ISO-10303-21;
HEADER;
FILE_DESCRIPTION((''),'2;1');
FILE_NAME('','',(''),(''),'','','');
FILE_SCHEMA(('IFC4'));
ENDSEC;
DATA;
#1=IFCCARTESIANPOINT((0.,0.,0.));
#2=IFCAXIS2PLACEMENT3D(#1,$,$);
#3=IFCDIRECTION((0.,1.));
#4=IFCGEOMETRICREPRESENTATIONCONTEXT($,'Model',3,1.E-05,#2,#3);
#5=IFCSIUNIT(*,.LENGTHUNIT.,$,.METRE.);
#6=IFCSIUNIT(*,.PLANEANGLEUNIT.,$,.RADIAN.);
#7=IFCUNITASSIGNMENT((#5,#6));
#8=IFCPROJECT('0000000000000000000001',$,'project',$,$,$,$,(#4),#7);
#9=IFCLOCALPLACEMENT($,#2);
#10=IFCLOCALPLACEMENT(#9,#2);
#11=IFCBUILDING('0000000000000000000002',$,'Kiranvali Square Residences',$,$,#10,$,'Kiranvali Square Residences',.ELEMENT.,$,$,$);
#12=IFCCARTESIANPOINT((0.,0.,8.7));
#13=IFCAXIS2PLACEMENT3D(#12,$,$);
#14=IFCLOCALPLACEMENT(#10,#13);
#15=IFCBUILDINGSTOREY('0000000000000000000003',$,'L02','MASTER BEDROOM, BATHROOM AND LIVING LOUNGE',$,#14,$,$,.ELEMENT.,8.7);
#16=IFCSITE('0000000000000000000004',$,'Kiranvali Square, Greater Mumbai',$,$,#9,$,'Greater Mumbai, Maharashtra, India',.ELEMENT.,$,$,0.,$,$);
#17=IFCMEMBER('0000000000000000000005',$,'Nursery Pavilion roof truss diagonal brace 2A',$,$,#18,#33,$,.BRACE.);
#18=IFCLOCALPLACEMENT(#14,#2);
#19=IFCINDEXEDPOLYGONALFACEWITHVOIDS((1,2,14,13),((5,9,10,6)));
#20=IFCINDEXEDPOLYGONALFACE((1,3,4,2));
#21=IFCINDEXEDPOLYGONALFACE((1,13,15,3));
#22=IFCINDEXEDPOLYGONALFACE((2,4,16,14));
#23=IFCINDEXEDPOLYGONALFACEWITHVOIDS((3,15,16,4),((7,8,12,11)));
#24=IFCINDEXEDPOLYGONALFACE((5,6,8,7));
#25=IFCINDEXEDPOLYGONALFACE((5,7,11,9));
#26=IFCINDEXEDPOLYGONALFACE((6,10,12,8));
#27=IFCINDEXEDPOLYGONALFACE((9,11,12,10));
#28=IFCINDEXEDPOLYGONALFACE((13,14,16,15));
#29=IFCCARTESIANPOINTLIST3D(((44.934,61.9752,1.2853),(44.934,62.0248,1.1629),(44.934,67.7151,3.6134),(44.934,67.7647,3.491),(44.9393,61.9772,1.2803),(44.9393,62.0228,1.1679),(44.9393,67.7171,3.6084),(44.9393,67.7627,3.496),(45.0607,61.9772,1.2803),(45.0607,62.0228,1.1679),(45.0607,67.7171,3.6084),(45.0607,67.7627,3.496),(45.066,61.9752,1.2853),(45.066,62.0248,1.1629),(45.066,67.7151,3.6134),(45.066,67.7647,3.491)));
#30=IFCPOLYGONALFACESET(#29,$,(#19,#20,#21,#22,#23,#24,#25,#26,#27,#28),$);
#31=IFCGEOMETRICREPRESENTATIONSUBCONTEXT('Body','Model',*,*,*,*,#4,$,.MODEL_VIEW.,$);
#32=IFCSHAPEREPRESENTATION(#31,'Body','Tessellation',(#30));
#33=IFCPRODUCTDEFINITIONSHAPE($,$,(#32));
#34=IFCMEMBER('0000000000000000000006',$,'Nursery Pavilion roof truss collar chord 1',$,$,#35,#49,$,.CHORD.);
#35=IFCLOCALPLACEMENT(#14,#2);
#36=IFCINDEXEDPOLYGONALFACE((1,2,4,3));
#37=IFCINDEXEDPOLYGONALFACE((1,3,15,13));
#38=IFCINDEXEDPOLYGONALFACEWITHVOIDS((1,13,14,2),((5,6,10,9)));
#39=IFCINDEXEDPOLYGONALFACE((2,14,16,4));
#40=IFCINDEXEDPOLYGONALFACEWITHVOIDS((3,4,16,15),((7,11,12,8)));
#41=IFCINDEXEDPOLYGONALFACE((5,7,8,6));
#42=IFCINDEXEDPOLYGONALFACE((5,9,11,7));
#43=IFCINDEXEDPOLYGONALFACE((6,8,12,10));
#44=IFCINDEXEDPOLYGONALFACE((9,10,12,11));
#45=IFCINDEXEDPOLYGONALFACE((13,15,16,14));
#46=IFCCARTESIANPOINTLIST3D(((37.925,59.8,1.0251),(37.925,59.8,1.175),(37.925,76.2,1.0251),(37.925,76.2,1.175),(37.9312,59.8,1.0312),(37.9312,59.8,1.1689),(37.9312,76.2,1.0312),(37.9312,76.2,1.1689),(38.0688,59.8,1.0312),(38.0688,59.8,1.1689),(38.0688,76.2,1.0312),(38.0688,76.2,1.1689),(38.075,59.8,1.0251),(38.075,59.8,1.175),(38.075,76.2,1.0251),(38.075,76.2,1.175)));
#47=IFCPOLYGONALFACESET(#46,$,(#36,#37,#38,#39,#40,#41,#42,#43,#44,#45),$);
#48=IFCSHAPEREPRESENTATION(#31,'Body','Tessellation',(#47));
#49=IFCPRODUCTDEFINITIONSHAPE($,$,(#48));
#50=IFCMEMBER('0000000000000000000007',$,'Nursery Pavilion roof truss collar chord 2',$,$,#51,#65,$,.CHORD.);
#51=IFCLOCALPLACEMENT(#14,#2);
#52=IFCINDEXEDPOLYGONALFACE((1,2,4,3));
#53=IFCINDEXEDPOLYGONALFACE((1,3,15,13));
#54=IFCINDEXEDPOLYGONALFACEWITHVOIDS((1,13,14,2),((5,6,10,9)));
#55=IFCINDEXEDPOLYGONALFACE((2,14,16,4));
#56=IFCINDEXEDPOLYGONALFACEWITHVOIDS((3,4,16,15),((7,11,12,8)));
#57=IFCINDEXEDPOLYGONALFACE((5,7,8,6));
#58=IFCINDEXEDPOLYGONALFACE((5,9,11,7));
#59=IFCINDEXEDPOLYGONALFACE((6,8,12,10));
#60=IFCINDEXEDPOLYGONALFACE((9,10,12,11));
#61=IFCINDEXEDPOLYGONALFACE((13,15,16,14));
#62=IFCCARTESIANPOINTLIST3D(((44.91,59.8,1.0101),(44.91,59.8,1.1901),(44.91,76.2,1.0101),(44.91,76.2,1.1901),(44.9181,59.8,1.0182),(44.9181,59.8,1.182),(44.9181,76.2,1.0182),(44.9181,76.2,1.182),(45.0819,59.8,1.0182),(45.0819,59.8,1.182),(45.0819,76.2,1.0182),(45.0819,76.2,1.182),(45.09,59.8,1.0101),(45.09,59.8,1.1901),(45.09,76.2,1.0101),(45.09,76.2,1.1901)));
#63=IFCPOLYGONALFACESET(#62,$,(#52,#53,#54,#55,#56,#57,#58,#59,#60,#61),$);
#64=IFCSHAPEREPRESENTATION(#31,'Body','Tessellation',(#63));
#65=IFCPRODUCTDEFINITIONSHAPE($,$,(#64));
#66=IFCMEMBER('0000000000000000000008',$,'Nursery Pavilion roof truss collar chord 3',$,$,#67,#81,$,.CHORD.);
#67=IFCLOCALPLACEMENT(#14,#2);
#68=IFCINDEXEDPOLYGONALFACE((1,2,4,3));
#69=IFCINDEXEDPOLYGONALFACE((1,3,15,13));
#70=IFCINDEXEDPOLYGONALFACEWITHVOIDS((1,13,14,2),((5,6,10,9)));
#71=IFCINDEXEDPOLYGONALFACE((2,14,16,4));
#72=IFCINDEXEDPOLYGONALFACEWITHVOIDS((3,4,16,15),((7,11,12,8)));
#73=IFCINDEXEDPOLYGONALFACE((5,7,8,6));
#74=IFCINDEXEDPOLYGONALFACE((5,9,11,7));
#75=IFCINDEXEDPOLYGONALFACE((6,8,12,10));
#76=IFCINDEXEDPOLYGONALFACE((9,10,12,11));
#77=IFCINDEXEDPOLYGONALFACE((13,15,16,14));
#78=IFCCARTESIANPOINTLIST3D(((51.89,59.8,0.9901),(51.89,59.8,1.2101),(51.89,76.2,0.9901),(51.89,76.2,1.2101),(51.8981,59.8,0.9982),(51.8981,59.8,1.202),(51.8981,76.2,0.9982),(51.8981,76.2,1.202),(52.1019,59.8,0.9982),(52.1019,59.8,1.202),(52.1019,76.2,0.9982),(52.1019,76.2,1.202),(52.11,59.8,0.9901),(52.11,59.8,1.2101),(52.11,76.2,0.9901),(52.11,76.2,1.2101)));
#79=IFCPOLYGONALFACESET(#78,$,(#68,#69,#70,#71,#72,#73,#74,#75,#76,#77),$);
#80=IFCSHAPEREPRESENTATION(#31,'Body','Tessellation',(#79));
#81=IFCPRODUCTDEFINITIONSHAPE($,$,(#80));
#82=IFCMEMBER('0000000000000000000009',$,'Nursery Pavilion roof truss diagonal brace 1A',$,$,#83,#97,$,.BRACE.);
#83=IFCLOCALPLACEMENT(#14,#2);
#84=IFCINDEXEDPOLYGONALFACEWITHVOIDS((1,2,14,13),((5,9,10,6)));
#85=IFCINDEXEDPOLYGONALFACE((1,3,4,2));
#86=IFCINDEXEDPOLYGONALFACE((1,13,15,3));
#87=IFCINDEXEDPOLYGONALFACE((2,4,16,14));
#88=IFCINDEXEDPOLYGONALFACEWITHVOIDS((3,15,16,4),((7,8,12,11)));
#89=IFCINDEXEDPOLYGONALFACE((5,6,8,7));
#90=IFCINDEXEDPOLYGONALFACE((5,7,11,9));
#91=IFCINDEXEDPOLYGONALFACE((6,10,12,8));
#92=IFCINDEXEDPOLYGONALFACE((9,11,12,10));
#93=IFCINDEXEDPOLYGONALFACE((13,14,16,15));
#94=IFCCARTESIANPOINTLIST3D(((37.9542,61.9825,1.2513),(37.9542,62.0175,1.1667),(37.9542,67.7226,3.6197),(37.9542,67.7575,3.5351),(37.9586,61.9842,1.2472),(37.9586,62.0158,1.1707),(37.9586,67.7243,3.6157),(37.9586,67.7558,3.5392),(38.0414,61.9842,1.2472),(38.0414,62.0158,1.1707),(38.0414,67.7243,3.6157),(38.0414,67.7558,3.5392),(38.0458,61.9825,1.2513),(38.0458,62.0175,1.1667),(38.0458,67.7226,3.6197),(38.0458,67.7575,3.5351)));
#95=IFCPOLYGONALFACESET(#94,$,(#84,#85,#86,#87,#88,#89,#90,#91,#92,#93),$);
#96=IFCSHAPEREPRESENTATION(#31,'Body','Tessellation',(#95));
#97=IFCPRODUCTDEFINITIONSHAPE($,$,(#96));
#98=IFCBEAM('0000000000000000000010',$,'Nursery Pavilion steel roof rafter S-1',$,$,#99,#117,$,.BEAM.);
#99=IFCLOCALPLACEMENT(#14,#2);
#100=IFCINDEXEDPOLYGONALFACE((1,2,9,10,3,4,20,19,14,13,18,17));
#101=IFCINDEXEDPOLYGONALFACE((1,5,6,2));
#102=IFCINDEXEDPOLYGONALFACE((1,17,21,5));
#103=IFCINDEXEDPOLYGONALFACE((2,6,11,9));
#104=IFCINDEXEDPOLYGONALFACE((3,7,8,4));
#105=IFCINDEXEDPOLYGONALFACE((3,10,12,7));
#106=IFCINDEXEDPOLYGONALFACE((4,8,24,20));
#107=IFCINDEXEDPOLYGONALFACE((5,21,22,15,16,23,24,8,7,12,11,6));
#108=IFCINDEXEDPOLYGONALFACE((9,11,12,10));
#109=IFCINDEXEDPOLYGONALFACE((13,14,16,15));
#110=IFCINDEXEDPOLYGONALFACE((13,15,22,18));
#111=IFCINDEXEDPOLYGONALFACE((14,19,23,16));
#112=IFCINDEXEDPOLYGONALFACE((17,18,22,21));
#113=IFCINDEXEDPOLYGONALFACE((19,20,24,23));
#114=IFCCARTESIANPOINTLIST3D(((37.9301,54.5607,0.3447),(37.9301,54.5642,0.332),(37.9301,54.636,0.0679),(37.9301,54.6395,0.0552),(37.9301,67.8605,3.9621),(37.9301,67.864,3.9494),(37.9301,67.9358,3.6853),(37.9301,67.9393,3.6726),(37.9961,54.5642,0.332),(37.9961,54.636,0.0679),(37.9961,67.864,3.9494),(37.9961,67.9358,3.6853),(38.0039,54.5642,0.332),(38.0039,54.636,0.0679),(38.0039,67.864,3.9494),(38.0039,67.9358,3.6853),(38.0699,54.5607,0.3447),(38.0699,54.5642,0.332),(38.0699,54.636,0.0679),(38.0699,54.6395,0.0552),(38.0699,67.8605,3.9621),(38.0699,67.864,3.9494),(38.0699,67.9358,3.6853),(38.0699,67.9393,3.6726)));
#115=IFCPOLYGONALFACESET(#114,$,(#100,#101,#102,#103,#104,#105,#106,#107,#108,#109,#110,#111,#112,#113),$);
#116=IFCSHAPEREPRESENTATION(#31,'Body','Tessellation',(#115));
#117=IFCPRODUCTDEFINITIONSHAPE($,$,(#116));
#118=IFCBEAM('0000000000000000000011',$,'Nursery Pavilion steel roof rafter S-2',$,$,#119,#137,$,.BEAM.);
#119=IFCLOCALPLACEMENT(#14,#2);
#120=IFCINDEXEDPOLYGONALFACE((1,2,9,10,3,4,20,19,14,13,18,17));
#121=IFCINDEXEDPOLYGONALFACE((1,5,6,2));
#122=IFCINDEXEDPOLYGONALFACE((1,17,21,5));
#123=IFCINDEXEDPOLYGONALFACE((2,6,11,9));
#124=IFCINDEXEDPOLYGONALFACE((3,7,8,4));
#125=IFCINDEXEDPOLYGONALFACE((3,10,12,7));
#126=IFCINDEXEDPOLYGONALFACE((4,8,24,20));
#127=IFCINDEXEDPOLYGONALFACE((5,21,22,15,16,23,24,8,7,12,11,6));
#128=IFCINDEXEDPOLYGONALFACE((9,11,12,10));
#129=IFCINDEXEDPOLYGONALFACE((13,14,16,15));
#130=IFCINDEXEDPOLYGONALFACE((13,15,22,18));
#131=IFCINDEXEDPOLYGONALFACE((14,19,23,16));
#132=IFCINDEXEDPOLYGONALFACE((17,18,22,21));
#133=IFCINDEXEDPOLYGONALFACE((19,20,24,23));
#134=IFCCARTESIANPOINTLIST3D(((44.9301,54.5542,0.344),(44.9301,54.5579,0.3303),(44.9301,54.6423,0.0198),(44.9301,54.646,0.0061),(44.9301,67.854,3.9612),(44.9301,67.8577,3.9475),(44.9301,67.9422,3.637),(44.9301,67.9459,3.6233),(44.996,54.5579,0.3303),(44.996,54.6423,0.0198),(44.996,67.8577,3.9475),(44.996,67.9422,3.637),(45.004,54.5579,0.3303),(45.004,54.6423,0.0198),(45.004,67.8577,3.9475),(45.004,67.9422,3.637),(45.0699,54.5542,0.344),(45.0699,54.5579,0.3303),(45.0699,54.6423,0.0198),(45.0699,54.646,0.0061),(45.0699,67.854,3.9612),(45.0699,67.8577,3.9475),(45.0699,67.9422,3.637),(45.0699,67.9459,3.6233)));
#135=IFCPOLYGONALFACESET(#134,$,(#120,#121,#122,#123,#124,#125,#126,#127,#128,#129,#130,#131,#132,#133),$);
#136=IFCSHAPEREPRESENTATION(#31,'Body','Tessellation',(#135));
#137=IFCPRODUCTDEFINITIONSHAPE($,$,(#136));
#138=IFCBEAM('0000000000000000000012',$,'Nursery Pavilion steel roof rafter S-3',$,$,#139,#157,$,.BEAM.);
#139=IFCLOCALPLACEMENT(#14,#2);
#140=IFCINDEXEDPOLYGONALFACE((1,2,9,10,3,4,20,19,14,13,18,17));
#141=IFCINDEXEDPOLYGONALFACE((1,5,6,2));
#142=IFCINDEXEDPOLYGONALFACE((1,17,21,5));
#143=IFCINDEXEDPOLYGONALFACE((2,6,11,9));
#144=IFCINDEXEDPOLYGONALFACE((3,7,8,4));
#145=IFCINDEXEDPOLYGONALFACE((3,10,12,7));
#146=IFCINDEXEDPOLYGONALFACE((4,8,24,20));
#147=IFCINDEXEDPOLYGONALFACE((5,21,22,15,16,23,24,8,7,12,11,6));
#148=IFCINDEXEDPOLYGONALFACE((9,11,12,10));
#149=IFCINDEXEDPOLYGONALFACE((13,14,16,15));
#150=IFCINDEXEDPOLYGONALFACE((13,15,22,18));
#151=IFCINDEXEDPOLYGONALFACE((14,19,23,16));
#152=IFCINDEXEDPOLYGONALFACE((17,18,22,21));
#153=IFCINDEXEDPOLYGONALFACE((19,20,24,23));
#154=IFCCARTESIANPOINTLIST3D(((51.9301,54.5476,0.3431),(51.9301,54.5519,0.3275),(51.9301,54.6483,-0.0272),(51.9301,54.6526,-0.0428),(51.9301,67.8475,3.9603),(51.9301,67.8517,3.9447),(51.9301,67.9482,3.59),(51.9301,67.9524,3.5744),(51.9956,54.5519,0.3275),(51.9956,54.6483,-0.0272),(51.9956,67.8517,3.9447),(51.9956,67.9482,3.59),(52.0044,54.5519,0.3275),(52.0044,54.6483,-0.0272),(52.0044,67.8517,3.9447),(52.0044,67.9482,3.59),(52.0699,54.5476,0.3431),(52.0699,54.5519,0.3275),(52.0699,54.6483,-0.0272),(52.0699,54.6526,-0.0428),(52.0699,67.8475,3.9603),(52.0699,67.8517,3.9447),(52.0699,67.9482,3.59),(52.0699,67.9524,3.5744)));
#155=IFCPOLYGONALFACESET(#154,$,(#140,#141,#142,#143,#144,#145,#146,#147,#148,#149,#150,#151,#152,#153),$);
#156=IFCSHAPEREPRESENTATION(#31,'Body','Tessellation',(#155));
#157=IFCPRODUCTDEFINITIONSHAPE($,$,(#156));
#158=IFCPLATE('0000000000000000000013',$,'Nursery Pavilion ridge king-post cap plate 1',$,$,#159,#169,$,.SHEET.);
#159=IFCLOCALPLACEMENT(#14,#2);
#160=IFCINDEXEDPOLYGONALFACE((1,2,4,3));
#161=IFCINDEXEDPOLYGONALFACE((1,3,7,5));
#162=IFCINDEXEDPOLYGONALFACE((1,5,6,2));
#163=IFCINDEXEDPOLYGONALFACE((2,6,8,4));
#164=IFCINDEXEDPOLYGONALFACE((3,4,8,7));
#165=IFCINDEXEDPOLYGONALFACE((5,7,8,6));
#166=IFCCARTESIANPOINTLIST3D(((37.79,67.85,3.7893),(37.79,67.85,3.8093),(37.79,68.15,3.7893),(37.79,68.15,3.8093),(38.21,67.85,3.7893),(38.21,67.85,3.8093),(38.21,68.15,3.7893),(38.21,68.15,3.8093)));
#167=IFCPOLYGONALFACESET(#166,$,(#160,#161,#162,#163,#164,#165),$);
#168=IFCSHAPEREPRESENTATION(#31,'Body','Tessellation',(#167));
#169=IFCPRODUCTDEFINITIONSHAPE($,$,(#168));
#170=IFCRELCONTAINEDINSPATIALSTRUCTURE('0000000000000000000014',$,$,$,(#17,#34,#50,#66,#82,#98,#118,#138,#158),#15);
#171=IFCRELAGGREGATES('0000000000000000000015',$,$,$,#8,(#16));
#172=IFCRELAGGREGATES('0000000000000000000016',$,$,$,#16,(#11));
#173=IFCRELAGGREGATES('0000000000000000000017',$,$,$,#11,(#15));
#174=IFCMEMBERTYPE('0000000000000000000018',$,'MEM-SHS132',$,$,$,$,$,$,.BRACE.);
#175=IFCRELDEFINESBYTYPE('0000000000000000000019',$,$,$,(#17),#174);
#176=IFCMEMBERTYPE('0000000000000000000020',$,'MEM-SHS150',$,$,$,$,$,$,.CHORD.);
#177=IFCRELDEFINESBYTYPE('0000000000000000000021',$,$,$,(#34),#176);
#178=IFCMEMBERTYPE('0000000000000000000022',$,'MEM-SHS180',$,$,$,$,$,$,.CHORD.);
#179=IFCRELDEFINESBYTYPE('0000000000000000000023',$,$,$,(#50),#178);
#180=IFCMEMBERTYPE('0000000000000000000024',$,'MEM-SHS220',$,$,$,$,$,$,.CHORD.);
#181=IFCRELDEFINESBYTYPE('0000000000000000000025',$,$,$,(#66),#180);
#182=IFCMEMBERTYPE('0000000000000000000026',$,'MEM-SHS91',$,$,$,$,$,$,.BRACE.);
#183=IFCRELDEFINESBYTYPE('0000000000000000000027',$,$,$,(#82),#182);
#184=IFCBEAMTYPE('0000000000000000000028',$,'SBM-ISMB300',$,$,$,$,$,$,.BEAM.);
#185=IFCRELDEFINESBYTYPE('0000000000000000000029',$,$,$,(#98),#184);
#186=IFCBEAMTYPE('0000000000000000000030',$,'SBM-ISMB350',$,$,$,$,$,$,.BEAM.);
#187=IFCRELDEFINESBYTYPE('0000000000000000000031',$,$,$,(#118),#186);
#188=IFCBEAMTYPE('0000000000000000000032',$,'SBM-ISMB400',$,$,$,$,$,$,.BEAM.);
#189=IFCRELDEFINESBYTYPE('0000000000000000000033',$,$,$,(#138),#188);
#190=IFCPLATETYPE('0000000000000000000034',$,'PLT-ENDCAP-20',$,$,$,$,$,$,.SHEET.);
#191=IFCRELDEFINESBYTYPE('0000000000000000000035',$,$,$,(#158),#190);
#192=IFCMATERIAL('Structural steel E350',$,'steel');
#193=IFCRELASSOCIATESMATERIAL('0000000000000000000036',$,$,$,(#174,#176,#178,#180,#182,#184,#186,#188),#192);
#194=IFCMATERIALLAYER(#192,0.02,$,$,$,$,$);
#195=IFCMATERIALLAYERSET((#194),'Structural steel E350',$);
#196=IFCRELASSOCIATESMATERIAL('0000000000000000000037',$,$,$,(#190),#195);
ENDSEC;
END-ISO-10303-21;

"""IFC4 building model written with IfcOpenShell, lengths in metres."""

from ifc_helpers import new_model, si_unit, direction, frame, origin, origin_2d, place, context, subcontext, project, spatial, rectangle, hollow_rectangle, i_section, extrude, material, layer, layer_set, material_profile, profile_set, type_object, element, save


model = new_model("IFC4")

# Units and contexts
model_context = context("Model", 3, precision=1e-05, world=origin(), true_north=direction((0.0, 1.0)))
body_context = subcontext(model_context, "Body", "Model", "MODEL_VIEW")
ifc_project = project(units=[si_unit("LENGTHUNIT", "METRE"), si_unit("PLANEANGLEUNIT", "RADIAN")], contexts=[model_context])

# Site, building, storey
site_placement = place(None, origin())
site = spatial("IfcSite", under=ifc_project, at=site_placement, Name="Kiranvali Square, Greater Mumbai", LongName="Greater Mumbai, Maharashtra, India", CompositionType="ELEMENT", RefElevation=0.0)
building_placement = place(site_placement, origin())
building = spatial("IfcBuilding", under=site, at=building_placement, Name="Kiranvali Square Residences", LongName="Kiranvali Square Residences", CompositionType="ELEMENT")
storey_placement = place(building_placement, frame((0.0, 0.0, 8.7)))
storey = spatial("IfcBuildingStorey", under=building, at=storey_placement, Name="L02", Description="MASTER BEDROOM, BATHROOM AND LIVING LOUNGE", CompositionType="ELEMENT", Elevation=8.7)

# Shared definitions
ifc_material = material(Name="Structural steel E350", Category="steel")

# Members
ifc_material_profile_1 = material_profile(ifc_material, hollow_rectangle(XDim=0.1321, YDim=0.1321, WallThickness=0.0054, at=origin_2d()), Name="SHS 132x132x5.4")
ifc_profile_set_1 = profile_set([ifc_material_profile_1], Name="Structural steel E350")
member_type_1 = type_object("IfcMemberType", Name="MEM-SHS132", PredefinedType="BRACE", material=ifc_profile_set_1)
member_1_placement = place(storey_placement, frame((45.0, 62.0, 1.2241), z_axis=(0.0, 0.926677, 0.375858), x_axis=(-1.0, 0.0, 0.0)))
element("IfcMember", 1, at=member_1_placement, inside=storey, type_object=member_type_1, Name="Nursery Pavilion roof truss diagonal brace 2A", PredefinedType="BRACE", context=body_context, shape_type="SweptSolid", body=[
    extrude(hollow_rectangle(XDim=0.1321, YDim=0.1321, WallThickness=0.0054, at=origin_2d()), origin(), (0.0, 0.0, 1.0), 6.1941),
])
ifc_material_profile_2 = material_profile(ifc_material, hollow_rectangle(XDim=0.1499, YDim=0.1499, WallThickness=0.0061, at=origin_2d()), Name="SHS 150x150x6.0")
ifc_profile_set_2 = profile_set([ifc_material_profile_2], Name="Structural steel E350")
member_type_2 = type_object("IfcMemberType", Name="MEM-SHS150", PredefinedType="CHORD", material=ifc_profile_set_2)
member_2_placement = place(storey_placement, frame((38.0, 59.8, 1.1001), z_axis=(0.0, 1.0, 0.0), x_axis=(-1.0, 0.0, 0.0)))
element("IfcMember", 2, at=member_2_placement, inside=storey, type_object=member_type_2, Name="Nursery Pavilion roof truss collar chord 1", PredefinedType="CHORD", context=body_context, shape_type="SweptSolid", body=[
    extrude(hollow_rectangle(XDim=0.1499, YDim=0.1499, WallThickness=0.0061, at=origin_2d()), origin(), (0.0, 0.0, 1.0), 16.3999),
])
ifc_material_profile_3 = material_profile(ifc_material, hollow_rectangle(XDim=0.1799, YDim=0.1799, WallThickness=0.0081, at=origin_2d()), Name="SHS 180x180x8.0")
ifc_profile_set_3 = profile_set([ifc_material_profile_3], Name="Structural steel E350")
member_type_3 = type_object("IfcMemberType", Name="MEM-SHS180", PredefinedType="CHORD", material=ifc_profile_set_3)
member_3_placement = place(storey_placement, frame((45.0, 59.8, 1.1001), z_axis=(0.0, 1.0, 0.0), x_axis=(-1.0, 0.0, 0.0)))
element("IfcMember", 3, at=member_3_placement, inside=storey, type_object=member_type_3, Name="Nursery Pavilion roof truss collar chord 2", PredefinedType="CHORD", context=body_context, shape_type="SweptSolid", body=[
    extrude(hollow_rectangle(XDim=0.1799, YDim=0.1799, WallThickness=0.0081, at=origin_2d()), origin(), (0.0, 0.0, 1.0), 16.3999),
])
ifc_material_profile_4 = material_profile(ifc_material, hollow_rectangle(XDim=0.22, YDim=0.22, WallThickness=0.0081, at=origin_2d()), Name="SHS 220x220x8.0")
ifc_profile_set_4 = profile_set([ifc_material_profile_4], Name="Structural steel E350")
member_type_4 = type_object("IfcMemberType", Name="MEM-SHS220", PredefinedType="CHORD", material=ifc_profile_set_4)
member_4_placement = place(storey_placement, frame((52.0, 59.8, 1.1001), z_axis=(0.0, 1.0, 0.0), x_axis=(-1.0, 0.0, 0.0)))
element("IfcMember", 4, at=member_4_placement, inside=storey, type_object=member_type_4, Name="Nursery Pavilion roof truss collar chord 3", PredefinedType="CHORD", context=body_context, shape_type="SweptSolid", body=[
    extrude(hollow_rectangle(XDim=0.22, YDim=0.22, WallThickness=0.0081, at=origin_2d()), origin(), (0.0, 0.0, 1.0), 16.3999),
])
ifc_material_profile_5 = material_profile(ifc_material, hollow_rectangle(XDim=0.0916, YDim=0.0916, WallThickness=0.0044, at=origin_2d()), Name="SHS 91.5x91.5x4.5")
ifc_profile_set_5 = profile_set([ifc_material_profile_5], Name="Structural steel E350")
member_type_5 = type_object("IfcMemberType", Name="MEM-SHS91", PredefinedType="BRACE", material=ifc_profile_set_5)
member_5_placement = place(storey_placement, frame((38.0, 62.0, 1.209), z_axis=(0.0, 0.924401, 0.381422), x_axis=(-1.0, 0.0, 0.0)))
element("IfcMember", 5, at=member_5_placement, inside=storey, type_object=member_type_5, Name="Nursery Pavilion roof truss diagonal brace 1A", PredefinedType="BRACE", context=body_context, shape_type="SweptSolid", body=[
    extrude(hollow_rectangle(XDim=0.0916, YDim=0.0916, WallThickness=0.0044, at=origin_2d()), origin(), (0.0, 0.0, 1.0), 6.2095),
])

# Beams
ifc_material_profile_6 = material_profile(ifc_material, i_section(OverallWidth=0.1399, OverallDepth=0.3, WebThickness=0.0078, FlangeThickness=0.0132, at=origin_2d()), Name="ISMB 300")
ifc_profile_set_6 = profile_set([ifc_material_profile_6], Name="Structural steel E350")
beam_type_1 = type_object("IfcBeamType", Name="SBM-ISMB300", PredefinedType="BEAM", material=ifc_profile_set_6)
beam_1_placement = place(storey_placement, frame((38.0, 54.6001, 0.2), z_axis=(0.0, 0.964944, 0.262456), x_axis=(-1.0, 0.0, 0.0)))
element("IfcBeam", 6, at=beam_1_placement, inside=storey, type_object=beam_type_1, Name="Nursery Pavilion steel roof rafter S-1", PredefinedType="BEAM", context=body_context, shape_type="SweptSolid", body=[
    extrude(i_section(OverallWidth=0.1399, OverallDepth=0.3, WebThickness=0.0078, FlangeThickness=0.0132, at=origin_2d()), origin(), (0.0, 0.0, 1.0), 13.783),
])
ifc_material_profile_7 = material_profile(ifc_material, i_section(OverallWidth=0.1399, OverallDepth=0.3501, WebThickness=0.0081, FlangeThickness=0.0142, at=origin_2d()), Name="ISMB 350")
ifc_profile_set_7 = profile_set([ifc_material_profile_7], Name="Structural steel E350")
beam_type_2 = type_object("IfcBeamType", Name="SBM-ISMB350", PredefinedType="BEAM", material=ifc_profile_set_7)
beam_2_placement = place(storey_placement, frame((45.0, 54.6001, 0.175), z_axis=(0.0, 0.964948, 0.26244), x_axis=(-1.0, 0.0, 0.0)))
element("IfcBeam", 7, at=beam_2_placement, inside=storey, type_object=beam_type_2, Name="Nursery Pavilion steel roof rafter S-2", PredefinedType="BEAM", context=body_context, shape_type="SweptSolid", body=[
    extrude(i_section(OverallWidth=0.1399, OverallDepth=0.3501, WebThickness=0.0081, FlangeThickness=0.0142, at=origin_2d()), origin(), (0.0, 0.0, 1.0), 13.783),
])
ifc_material_profile_8 = material_profile(ifc_material, i_section(OverallWidth=0.1399, OverallDepth=0.3999, WebThickness=0.0088, FlangeThickness=0.0161, at=origin_2d()), Name="ISMB 400")
ifc_profile_set_8 = profile_set([ifc_material_profile_8], Name="Structural steel E350")
beam_type_3 = type_object("IfcBeamType", Name="SBM-ISMB400", PredefinedType="BEAM", material=ifc_profile_set_8)
beam_3_placement = place(storey_placement, frame((52.0, 54.6001, 0.1501), z_axis=(0.0, 0.964948, 0.26244), x_axis=(-1.0, 0.0, 0.0)))
element("IfcBeam", 8, at=beam_3_placement, inside=storey, type_object=beam_type_3, Name="Nursery Pavilion steel roof rafter S-3", PredefinedType="BEAM", context=body_context, shape_type="SweptSolid", body=[
    extrude(i_section(OverallWidth=0.1399, OverallDepth=0.3999, WebThickness=0.0088, FlangeThickness=0.0161, at=origin_2d()), origin(), (0.0, 0.0, 1.0), 13.783),
])

# Plate
ifc_layer_1 = layer(ifc_material, 0.02)
ifc_layer_set_1 = layer_set([ifc_layer_1], Name="Structural steel E350")
plate_type_1 = type_object("IfcPlateType", Name="PLT-ENDCAP-20", PredefinedType="SHEET", material=ifc_layer_set_1)
plate_placement = place(storey_placement, frame((38.0, 68.0, 3.7893), z_axis=(0.0, 0.0, 1.0), x_axis=(1.0, 0.0, 0.0)))
element("IfcPlate", 9, at=plate_placement, inside=storey, type_object=plate_type_1, Name="Nursery Pavilion ridge king-post cap plate 1", PredefinedType="SHEET", context=body_context, shape_type="SweptSolid", body=[
    extrude(rectangle(XDim=0.4199, YDim=0.3, at=origin_2d()), origin(), (0.0, 0.0, 1.0), 0.02),
])

save(model, "model.ifc")
